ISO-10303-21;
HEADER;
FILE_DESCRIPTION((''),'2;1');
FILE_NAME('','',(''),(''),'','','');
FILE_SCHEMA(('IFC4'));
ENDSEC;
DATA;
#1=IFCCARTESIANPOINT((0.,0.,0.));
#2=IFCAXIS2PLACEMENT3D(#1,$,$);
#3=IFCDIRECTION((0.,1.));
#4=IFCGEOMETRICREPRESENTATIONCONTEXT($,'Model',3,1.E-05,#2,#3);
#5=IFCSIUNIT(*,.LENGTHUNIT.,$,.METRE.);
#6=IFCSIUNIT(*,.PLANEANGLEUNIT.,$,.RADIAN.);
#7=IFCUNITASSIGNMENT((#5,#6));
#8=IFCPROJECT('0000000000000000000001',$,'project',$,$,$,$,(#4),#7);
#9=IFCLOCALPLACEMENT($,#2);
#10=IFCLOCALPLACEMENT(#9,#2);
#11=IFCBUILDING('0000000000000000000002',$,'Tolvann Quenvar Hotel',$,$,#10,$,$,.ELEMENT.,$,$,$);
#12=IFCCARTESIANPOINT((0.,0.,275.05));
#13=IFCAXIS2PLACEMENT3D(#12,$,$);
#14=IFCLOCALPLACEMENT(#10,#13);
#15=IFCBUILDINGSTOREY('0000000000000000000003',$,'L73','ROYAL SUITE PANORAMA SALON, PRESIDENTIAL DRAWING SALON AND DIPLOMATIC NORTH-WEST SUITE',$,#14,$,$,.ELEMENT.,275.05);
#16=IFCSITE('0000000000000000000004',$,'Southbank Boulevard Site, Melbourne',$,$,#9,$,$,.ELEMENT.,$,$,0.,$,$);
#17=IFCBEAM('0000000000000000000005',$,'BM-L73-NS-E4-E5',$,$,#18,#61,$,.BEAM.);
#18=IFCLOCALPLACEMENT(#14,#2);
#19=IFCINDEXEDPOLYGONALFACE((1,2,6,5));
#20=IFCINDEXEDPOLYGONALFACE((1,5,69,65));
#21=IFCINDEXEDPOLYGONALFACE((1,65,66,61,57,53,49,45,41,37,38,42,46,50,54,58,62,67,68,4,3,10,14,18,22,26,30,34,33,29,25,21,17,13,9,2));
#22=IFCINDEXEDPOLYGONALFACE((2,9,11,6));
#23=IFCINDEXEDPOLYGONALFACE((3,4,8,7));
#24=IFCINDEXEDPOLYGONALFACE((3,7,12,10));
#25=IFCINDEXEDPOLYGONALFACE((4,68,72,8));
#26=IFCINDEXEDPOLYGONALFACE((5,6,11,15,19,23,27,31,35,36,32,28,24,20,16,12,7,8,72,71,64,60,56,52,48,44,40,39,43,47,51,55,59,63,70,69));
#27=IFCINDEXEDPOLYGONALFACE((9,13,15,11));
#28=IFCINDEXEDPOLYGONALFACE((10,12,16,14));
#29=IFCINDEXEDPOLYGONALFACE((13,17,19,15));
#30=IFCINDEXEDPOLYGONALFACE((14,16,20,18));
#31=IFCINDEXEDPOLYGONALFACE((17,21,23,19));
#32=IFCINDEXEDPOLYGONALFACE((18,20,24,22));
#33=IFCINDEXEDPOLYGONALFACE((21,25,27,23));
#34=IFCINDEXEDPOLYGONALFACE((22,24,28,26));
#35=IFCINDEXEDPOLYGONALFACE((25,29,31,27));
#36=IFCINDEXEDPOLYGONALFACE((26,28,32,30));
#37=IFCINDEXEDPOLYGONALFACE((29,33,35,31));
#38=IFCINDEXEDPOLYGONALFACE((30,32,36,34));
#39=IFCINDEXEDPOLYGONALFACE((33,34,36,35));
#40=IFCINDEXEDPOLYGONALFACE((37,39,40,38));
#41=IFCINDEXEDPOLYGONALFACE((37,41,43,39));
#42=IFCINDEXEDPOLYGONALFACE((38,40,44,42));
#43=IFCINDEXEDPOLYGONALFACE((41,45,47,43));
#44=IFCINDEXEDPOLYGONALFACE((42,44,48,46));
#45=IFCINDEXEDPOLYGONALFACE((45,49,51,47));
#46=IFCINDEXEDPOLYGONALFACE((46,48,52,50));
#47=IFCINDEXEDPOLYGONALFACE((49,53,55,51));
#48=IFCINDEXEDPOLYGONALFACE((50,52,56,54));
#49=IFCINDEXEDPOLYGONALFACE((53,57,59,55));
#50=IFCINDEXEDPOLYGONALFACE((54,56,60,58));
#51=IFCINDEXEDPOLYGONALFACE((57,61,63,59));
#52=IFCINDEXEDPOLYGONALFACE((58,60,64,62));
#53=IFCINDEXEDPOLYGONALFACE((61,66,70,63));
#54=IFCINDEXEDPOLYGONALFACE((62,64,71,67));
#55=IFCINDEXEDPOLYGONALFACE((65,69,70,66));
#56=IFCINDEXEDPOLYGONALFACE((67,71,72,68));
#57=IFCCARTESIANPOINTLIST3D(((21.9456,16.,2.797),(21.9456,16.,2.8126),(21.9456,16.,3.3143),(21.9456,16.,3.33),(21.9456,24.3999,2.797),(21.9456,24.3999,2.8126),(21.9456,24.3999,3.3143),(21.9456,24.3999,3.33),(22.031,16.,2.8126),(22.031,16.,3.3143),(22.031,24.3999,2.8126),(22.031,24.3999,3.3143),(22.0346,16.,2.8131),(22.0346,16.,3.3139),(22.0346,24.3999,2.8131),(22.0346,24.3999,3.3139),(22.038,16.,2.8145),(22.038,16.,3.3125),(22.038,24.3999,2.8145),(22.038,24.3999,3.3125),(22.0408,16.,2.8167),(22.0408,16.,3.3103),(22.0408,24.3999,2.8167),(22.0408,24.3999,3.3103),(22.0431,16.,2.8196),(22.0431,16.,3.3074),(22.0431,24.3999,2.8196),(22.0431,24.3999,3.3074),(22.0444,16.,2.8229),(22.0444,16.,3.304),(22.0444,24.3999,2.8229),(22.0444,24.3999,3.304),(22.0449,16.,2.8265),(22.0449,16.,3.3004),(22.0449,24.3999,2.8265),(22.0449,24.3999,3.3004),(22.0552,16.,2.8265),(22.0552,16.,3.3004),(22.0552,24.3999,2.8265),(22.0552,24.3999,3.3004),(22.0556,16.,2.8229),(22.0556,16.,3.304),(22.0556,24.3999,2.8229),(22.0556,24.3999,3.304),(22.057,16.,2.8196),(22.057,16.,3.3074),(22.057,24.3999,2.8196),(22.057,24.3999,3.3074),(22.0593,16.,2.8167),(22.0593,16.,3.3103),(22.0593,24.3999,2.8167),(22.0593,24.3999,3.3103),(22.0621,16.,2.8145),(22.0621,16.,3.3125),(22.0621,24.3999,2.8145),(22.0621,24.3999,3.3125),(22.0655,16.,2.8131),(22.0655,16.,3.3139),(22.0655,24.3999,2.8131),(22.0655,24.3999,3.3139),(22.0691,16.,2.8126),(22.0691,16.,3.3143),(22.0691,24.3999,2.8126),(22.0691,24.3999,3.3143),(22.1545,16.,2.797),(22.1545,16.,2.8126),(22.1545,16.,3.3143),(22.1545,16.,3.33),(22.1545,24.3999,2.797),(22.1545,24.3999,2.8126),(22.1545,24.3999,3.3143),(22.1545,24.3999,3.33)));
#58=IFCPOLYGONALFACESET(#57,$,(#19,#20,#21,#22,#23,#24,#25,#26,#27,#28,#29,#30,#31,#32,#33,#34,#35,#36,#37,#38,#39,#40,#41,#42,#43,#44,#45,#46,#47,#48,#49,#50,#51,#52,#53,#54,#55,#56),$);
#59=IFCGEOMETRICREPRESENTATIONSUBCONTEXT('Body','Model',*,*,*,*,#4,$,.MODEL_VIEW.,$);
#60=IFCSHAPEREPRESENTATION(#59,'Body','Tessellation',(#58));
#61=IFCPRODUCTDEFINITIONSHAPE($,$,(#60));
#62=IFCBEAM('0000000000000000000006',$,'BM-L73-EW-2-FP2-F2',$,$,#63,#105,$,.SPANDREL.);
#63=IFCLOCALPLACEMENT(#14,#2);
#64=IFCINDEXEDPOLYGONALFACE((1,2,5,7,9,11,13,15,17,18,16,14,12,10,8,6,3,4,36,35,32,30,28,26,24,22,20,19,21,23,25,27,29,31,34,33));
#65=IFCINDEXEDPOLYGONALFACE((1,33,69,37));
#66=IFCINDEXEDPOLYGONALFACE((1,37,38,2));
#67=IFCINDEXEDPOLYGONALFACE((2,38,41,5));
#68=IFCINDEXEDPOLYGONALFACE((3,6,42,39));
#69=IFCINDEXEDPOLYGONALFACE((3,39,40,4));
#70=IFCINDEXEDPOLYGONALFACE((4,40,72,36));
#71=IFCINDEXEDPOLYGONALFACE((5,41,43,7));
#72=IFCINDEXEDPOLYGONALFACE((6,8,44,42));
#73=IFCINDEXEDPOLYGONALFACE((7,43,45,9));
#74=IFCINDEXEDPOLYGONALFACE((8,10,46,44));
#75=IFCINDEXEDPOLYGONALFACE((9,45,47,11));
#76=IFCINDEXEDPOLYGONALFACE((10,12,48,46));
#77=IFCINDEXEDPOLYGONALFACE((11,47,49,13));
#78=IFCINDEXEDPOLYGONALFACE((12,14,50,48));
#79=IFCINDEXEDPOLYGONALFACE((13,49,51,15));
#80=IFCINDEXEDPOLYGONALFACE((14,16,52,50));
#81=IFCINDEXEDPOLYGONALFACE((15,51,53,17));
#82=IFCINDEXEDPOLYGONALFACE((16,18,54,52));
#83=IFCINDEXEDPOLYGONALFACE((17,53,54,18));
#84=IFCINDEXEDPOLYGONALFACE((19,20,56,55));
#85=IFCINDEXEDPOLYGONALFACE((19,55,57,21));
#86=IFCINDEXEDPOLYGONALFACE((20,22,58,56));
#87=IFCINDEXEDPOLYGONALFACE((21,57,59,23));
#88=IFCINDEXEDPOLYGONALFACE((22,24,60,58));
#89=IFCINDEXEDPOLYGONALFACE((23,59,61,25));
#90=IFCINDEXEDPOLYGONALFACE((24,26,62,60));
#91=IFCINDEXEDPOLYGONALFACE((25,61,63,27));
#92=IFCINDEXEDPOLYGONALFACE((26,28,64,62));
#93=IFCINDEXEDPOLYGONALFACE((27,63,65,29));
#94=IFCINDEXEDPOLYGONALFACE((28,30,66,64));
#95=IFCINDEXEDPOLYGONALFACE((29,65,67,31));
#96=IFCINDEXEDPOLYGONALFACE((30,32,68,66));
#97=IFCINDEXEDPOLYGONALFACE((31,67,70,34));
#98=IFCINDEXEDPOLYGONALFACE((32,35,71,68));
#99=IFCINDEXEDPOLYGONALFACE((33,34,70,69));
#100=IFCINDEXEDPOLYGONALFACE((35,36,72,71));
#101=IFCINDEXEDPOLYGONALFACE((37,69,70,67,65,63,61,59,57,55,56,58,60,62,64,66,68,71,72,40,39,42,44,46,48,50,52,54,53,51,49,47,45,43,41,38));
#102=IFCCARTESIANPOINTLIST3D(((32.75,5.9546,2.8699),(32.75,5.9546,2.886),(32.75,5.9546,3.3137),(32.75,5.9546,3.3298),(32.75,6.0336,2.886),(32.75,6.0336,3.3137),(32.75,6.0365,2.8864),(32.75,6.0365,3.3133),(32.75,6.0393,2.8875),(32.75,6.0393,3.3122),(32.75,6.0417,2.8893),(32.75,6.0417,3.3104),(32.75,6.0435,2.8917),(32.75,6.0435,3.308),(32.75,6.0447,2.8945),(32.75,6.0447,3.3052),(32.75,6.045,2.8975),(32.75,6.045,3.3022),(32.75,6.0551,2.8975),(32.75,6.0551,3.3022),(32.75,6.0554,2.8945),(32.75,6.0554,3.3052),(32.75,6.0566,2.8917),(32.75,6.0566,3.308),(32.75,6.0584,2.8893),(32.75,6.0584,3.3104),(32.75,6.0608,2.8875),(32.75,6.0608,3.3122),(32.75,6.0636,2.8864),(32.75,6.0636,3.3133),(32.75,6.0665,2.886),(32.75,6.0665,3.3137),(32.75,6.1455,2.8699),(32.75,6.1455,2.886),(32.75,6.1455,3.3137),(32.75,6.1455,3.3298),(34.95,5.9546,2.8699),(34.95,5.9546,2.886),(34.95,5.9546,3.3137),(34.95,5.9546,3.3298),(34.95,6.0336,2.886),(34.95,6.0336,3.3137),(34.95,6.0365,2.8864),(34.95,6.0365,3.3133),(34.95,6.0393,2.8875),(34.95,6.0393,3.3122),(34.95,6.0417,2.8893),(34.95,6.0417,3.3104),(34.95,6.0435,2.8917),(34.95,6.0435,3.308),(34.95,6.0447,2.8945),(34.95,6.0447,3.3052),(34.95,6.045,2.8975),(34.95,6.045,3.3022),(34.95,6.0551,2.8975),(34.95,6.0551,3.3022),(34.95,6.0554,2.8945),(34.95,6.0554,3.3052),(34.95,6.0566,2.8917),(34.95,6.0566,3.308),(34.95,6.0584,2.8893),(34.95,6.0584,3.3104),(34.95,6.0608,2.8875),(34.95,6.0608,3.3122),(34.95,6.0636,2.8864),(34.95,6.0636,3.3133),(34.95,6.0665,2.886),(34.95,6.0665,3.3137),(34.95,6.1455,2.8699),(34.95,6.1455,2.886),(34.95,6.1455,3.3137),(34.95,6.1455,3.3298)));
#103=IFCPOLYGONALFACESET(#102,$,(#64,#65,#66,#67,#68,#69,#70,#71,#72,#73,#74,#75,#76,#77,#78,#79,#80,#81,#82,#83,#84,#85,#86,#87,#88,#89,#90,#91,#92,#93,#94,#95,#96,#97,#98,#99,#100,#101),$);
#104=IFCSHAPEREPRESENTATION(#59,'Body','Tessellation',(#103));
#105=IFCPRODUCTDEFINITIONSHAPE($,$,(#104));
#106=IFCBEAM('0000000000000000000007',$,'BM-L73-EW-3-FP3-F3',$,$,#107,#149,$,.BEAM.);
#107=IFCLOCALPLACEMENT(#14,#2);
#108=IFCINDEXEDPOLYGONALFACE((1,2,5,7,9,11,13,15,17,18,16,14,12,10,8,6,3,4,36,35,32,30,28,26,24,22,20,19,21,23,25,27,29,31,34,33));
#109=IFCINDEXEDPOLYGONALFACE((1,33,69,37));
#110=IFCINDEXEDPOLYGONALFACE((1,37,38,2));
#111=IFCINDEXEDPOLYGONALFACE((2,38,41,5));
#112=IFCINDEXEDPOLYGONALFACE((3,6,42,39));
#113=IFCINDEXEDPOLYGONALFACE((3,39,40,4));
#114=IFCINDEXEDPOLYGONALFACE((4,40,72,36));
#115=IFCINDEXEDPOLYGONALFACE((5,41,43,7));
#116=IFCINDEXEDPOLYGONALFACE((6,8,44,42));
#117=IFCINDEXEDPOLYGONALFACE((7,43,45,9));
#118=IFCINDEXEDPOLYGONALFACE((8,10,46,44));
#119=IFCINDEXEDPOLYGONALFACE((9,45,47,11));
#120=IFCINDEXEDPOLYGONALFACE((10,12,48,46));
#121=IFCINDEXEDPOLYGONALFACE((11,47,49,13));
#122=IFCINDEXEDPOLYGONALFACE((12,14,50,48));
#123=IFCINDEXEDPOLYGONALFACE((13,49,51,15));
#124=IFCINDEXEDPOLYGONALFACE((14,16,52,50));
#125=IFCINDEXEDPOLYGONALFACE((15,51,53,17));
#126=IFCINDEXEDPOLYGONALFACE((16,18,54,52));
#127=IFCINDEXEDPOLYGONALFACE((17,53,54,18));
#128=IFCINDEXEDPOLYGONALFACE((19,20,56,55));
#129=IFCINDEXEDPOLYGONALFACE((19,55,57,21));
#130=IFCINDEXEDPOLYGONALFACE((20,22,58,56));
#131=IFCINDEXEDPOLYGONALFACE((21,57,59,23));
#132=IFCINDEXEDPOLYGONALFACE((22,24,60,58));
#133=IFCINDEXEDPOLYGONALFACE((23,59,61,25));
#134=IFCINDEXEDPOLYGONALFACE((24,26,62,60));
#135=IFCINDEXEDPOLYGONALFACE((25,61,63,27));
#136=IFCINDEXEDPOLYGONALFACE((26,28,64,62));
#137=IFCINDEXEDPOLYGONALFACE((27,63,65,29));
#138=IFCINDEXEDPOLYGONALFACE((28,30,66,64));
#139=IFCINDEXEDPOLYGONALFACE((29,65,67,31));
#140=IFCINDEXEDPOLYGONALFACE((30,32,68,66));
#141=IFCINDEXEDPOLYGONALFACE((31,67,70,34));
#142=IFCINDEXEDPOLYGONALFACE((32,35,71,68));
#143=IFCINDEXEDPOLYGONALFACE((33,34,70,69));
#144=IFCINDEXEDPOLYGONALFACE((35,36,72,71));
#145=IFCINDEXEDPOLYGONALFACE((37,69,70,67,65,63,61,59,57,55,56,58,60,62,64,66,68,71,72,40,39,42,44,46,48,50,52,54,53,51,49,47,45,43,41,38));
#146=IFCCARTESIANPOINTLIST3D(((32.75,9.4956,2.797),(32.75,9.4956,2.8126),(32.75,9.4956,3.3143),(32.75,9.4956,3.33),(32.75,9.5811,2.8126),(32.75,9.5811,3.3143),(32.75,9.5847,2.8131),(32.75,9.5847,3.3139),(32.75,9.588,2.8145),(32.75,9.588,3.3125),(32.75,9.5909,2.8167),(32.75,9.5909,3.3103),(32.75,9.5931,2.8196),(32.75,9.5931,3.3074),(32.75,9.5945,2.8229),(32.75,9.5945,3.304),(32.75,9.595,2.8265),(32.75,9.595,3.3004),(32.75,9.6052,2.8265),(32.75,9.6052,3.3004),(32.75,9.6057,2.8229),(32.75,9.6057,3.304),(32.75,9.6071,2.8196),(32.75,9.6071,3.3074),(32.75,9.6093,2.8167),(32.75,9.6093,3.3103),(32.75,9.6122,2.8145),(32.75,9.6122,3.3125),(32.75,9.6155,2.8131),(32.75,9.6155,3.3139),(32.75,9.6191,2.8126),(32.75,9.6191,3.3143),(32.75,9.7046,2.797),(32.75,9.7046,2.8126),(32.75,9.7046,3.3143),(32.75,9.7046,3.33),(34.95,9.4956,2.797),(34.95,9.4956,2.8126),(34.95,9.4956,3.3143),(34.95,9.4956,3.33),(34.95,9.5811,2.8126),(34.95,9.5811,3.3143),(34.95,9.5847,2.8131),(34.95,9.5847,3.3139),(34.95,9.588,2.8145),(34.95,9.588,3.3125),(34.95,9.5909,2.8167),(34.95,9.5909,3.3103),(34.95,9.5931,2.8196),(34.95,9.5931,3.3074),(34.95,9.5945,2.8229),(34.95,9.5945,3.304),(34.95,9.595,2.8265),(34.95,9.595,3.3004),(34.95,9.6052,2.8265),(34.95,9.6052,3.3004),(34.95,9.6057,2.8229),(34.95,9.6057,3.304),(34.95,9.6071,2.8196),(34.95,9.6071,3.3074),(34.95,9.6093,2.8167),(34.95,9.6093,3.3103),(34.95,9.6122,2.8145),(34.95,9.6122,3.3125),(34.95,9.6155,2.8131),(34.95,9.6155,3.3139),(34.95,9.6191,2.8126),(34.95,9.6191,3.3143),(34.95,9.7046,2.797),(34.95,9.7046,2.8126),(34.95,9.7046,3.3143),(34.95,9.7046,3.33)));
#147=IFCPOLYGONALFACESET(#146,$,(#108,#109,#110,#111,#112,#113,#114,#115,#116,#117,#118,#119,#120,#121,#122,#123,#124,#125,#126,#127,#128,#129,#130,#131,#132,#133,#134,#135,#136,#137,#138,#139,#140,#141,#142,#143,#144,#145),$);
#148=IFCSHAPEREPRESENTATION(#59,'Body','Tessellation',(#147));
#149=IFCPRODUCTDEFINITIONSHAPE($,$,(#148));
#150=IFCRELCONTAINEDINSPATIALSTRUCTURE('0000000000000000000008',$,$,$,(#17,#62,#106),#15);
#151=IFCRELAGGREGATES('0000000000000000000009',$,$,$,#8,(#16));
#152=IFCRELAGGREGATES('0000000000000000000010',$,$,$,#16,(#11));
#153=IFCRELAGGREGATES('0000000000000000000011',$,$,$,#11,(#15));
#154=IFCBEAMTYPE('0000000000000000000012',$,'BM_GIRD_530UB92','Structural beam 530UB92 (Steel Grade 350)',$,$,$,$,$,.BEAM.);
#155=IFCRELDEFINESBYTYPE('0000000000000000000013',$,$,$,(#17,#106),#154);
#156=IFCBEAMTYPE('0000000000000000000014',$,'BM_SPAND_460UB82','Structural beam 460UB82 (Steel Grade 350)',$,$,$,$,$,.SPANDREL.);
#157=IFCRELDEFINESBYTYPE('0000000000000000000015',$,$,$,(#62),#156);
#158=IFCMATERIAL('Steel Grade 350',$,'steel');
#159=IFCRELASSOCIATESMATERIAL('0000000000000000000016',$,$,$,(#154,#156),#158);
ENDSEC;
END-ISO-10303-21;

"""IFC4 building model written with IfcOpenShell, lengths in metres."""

from ifc_helpers import new_model, si_unit, direction, frame, origin, origin_2d, place, context, subcontext, project, spatial, i_section, extrude, source, transform, mapped, material, material_profile, profile_set, type_object, element, save


model = new_model("IFC4")

# Units and contexts
model_context = context("Model", 3, precision=1e-05, world=origin(), true_north=direction((0.0, 1.0)))
body_context = subcontext(model_context, "Body", "Model", "MODEL_VIEW")
ifc_project = project(units=[si_unit("LENGTHUNIT", "METRE"), si_unit("PLANEANGLEUNIT", "RADIAN")], contexts=[model_context])

# Site, building, storey
site_placement = place(None, origin())
site = spatial("IfcSite", under=ifc_project, at=site_placement, Name="Southbank Boulevard Site, Melbourne", CompositionType="ELEMENT", RefElevation=0.0)
building_placement = place(site_placement, origin())
building = spatial("IfcBuilding", under=site, at=building_placement, Name="Tolvann Quenvar Hotel", CompositionType="ELEMENT")
storey_placement = place(building_placement, frame((0.0, 0.0, 275.05)))
storey = spatial("IfcBuildingStorey", under=building, at=storey_placement, Name="L73", Description="ROYAL SUITE PANORAMA SALON, PRESIDENTIAL DRAWING SALON AND DIPLOMATIC NORTH-WEST SUITE", CompositionType="ELEMENT", Elevation=275.05)

# Shared definitions
ifc_material_1 = material(Name="Steel Grade 350", Category="steel")

# Beams
ifc_material_profile_1 = material_profile(ifc_material_1, i_section(OverallWidth=0.209, OverallDepth=0.533, WebThickness=0.0103, FlangeThickness=0.0156, FilletRadius=0.0139, at=origin_2d()), Name="530UB92")
ifc_profile_set_1 = profile_set([ifc_material_profile_1], Name="Steel Grade 350")
beam_type_1 = type_object("IfcBeamType", Name="BM_GIRD_530UB92", Description="Structural beam 530UB92 (Steel Grade 350)", PredefinedType="BEAM", material=ifc_profile_set_1)
shared_shape_1 = source(origin(), body_context, "Body", "SweptSolid", [
    extrude(i_section(OverallWidth=0.209, OverallDepth=0.533, WebThickness=0.0103, FlangeThickness=0.0156, FilletRadius=0.0139, at=origin_2d()), origin(), (0.0, 0.0, 1.0), 8.3999),
])
beam_1_placement = place(storey_placement, frame((22.05, 16.0, 3.0635), z_axis=(0.0, 1.0, 0.0), x_axis=(-1.0, 0.0, 0.0)))
element("IfcBeam", 1, at=beam_1_placement, inside=storey, type_object=beam_type_1, Name="BM-L73-NS-E4-E5", PredefinedType="BEAM", context=body_context, shape_type="MappedRepresentation", body=[
    mapped(shared_shape_1, transform((0.0, 0.0, 0.0), x_axis=(1.0, 0.0, 0.0), y_axis=(0.0, 1.0, 0.0), z_axis=(0.0, 0.0, 1.0), scale=1.0)),
])
ifc_material_profile_2 = material_profile(ifc_material_1, i_section(OverallWidth=0.1909, OverallDepth=0.46, WebThickness=0.01, FlangeThickness=0.0161, FilletRadius=0.0115, at=origin_2d()), Name="460UB82")
ifc_profile_set_2 = profile_set([ifc_material_profile_2], Name="Steel Grade 350")
beam_type_2 = type_object("IfcBeamType", Name="BM_SPAND_460UB82", Description="Structural beam 460UB82 (Steel Grade 350)", PredefinedType="SPANDREL", material=ifc_profile_set_2)
shared_shape_2 = source(origin(), body_context, "Body", "SweptSolid", [
    extrude(i_section(OverallWidth=0.1909, OverallDepth=0.46, WebThickness=0.01, FlangeThickness=0.0161, FilletRadius=0.0115, at=origin_2d()), origin(), (0.0, 0.0, 1.0), 2.2),
])
beam_2_placement = place(storey_placement, frame((32.75, 6.05, 3.0999), z_axis=(1.0, 0.0, 0.0), x_axis=(0.0, 1.0, 0.0)))
element("IfcBeam", 2, at=beam_2_placement, inside=storey, type_object=beam_type_2, Name="BM-L73-EW-2-FP2-F2", PredefinedType="SPANDREL", context=body_context, shape_type="MappedRepresentation", body=[
    mapped(shared_shape_2, transform((0.0, 0.0, 0.0), x_axis=(1.0, 0.0, 0.0), y_axis=(0.0, 1.0, 0.0), z_axis=(0.0, 0.0, 1.0), scale=1.0)),
])
shared_shape_3 = source(origin(), body_context, "Body", "SweptSolid", [
    extrude(i_section(OverallWidth=0.209, OverallDepth=0.533, WebThickness=0.0103, FlangeThickness=0.0156, FilletRadius=0.0139, at=origin_2d()), origin(), (0.0, 0.0, 1.0), 2.2),
])
beam_3_placement = place(storey_placement, frame((32.75, 9.6001, 3.0635), z_axis=(1.0, 0.0, 0.0), x_axis=(0.0, 1.0, 0.0)))
element("IfcBeam", 3, at=beam_3_placement, inside=storey, type_object=beam_type_1, Name="BM-L73-EW-3-FP3-F3", PredefinedType="BEAM", context=body_context, shape_type="MappedRepresentation", body=[
    mapped(shared_shape_3, transform((0.0, 0.0, 0.0), x_axis=(1.0, 0.0, 0.0), y_axis=(0.0, 1.0, 0.0), z_axis=(0.0, 0.0, 1.0), scale=1.0)),
])

save(model, "model.ifc")
